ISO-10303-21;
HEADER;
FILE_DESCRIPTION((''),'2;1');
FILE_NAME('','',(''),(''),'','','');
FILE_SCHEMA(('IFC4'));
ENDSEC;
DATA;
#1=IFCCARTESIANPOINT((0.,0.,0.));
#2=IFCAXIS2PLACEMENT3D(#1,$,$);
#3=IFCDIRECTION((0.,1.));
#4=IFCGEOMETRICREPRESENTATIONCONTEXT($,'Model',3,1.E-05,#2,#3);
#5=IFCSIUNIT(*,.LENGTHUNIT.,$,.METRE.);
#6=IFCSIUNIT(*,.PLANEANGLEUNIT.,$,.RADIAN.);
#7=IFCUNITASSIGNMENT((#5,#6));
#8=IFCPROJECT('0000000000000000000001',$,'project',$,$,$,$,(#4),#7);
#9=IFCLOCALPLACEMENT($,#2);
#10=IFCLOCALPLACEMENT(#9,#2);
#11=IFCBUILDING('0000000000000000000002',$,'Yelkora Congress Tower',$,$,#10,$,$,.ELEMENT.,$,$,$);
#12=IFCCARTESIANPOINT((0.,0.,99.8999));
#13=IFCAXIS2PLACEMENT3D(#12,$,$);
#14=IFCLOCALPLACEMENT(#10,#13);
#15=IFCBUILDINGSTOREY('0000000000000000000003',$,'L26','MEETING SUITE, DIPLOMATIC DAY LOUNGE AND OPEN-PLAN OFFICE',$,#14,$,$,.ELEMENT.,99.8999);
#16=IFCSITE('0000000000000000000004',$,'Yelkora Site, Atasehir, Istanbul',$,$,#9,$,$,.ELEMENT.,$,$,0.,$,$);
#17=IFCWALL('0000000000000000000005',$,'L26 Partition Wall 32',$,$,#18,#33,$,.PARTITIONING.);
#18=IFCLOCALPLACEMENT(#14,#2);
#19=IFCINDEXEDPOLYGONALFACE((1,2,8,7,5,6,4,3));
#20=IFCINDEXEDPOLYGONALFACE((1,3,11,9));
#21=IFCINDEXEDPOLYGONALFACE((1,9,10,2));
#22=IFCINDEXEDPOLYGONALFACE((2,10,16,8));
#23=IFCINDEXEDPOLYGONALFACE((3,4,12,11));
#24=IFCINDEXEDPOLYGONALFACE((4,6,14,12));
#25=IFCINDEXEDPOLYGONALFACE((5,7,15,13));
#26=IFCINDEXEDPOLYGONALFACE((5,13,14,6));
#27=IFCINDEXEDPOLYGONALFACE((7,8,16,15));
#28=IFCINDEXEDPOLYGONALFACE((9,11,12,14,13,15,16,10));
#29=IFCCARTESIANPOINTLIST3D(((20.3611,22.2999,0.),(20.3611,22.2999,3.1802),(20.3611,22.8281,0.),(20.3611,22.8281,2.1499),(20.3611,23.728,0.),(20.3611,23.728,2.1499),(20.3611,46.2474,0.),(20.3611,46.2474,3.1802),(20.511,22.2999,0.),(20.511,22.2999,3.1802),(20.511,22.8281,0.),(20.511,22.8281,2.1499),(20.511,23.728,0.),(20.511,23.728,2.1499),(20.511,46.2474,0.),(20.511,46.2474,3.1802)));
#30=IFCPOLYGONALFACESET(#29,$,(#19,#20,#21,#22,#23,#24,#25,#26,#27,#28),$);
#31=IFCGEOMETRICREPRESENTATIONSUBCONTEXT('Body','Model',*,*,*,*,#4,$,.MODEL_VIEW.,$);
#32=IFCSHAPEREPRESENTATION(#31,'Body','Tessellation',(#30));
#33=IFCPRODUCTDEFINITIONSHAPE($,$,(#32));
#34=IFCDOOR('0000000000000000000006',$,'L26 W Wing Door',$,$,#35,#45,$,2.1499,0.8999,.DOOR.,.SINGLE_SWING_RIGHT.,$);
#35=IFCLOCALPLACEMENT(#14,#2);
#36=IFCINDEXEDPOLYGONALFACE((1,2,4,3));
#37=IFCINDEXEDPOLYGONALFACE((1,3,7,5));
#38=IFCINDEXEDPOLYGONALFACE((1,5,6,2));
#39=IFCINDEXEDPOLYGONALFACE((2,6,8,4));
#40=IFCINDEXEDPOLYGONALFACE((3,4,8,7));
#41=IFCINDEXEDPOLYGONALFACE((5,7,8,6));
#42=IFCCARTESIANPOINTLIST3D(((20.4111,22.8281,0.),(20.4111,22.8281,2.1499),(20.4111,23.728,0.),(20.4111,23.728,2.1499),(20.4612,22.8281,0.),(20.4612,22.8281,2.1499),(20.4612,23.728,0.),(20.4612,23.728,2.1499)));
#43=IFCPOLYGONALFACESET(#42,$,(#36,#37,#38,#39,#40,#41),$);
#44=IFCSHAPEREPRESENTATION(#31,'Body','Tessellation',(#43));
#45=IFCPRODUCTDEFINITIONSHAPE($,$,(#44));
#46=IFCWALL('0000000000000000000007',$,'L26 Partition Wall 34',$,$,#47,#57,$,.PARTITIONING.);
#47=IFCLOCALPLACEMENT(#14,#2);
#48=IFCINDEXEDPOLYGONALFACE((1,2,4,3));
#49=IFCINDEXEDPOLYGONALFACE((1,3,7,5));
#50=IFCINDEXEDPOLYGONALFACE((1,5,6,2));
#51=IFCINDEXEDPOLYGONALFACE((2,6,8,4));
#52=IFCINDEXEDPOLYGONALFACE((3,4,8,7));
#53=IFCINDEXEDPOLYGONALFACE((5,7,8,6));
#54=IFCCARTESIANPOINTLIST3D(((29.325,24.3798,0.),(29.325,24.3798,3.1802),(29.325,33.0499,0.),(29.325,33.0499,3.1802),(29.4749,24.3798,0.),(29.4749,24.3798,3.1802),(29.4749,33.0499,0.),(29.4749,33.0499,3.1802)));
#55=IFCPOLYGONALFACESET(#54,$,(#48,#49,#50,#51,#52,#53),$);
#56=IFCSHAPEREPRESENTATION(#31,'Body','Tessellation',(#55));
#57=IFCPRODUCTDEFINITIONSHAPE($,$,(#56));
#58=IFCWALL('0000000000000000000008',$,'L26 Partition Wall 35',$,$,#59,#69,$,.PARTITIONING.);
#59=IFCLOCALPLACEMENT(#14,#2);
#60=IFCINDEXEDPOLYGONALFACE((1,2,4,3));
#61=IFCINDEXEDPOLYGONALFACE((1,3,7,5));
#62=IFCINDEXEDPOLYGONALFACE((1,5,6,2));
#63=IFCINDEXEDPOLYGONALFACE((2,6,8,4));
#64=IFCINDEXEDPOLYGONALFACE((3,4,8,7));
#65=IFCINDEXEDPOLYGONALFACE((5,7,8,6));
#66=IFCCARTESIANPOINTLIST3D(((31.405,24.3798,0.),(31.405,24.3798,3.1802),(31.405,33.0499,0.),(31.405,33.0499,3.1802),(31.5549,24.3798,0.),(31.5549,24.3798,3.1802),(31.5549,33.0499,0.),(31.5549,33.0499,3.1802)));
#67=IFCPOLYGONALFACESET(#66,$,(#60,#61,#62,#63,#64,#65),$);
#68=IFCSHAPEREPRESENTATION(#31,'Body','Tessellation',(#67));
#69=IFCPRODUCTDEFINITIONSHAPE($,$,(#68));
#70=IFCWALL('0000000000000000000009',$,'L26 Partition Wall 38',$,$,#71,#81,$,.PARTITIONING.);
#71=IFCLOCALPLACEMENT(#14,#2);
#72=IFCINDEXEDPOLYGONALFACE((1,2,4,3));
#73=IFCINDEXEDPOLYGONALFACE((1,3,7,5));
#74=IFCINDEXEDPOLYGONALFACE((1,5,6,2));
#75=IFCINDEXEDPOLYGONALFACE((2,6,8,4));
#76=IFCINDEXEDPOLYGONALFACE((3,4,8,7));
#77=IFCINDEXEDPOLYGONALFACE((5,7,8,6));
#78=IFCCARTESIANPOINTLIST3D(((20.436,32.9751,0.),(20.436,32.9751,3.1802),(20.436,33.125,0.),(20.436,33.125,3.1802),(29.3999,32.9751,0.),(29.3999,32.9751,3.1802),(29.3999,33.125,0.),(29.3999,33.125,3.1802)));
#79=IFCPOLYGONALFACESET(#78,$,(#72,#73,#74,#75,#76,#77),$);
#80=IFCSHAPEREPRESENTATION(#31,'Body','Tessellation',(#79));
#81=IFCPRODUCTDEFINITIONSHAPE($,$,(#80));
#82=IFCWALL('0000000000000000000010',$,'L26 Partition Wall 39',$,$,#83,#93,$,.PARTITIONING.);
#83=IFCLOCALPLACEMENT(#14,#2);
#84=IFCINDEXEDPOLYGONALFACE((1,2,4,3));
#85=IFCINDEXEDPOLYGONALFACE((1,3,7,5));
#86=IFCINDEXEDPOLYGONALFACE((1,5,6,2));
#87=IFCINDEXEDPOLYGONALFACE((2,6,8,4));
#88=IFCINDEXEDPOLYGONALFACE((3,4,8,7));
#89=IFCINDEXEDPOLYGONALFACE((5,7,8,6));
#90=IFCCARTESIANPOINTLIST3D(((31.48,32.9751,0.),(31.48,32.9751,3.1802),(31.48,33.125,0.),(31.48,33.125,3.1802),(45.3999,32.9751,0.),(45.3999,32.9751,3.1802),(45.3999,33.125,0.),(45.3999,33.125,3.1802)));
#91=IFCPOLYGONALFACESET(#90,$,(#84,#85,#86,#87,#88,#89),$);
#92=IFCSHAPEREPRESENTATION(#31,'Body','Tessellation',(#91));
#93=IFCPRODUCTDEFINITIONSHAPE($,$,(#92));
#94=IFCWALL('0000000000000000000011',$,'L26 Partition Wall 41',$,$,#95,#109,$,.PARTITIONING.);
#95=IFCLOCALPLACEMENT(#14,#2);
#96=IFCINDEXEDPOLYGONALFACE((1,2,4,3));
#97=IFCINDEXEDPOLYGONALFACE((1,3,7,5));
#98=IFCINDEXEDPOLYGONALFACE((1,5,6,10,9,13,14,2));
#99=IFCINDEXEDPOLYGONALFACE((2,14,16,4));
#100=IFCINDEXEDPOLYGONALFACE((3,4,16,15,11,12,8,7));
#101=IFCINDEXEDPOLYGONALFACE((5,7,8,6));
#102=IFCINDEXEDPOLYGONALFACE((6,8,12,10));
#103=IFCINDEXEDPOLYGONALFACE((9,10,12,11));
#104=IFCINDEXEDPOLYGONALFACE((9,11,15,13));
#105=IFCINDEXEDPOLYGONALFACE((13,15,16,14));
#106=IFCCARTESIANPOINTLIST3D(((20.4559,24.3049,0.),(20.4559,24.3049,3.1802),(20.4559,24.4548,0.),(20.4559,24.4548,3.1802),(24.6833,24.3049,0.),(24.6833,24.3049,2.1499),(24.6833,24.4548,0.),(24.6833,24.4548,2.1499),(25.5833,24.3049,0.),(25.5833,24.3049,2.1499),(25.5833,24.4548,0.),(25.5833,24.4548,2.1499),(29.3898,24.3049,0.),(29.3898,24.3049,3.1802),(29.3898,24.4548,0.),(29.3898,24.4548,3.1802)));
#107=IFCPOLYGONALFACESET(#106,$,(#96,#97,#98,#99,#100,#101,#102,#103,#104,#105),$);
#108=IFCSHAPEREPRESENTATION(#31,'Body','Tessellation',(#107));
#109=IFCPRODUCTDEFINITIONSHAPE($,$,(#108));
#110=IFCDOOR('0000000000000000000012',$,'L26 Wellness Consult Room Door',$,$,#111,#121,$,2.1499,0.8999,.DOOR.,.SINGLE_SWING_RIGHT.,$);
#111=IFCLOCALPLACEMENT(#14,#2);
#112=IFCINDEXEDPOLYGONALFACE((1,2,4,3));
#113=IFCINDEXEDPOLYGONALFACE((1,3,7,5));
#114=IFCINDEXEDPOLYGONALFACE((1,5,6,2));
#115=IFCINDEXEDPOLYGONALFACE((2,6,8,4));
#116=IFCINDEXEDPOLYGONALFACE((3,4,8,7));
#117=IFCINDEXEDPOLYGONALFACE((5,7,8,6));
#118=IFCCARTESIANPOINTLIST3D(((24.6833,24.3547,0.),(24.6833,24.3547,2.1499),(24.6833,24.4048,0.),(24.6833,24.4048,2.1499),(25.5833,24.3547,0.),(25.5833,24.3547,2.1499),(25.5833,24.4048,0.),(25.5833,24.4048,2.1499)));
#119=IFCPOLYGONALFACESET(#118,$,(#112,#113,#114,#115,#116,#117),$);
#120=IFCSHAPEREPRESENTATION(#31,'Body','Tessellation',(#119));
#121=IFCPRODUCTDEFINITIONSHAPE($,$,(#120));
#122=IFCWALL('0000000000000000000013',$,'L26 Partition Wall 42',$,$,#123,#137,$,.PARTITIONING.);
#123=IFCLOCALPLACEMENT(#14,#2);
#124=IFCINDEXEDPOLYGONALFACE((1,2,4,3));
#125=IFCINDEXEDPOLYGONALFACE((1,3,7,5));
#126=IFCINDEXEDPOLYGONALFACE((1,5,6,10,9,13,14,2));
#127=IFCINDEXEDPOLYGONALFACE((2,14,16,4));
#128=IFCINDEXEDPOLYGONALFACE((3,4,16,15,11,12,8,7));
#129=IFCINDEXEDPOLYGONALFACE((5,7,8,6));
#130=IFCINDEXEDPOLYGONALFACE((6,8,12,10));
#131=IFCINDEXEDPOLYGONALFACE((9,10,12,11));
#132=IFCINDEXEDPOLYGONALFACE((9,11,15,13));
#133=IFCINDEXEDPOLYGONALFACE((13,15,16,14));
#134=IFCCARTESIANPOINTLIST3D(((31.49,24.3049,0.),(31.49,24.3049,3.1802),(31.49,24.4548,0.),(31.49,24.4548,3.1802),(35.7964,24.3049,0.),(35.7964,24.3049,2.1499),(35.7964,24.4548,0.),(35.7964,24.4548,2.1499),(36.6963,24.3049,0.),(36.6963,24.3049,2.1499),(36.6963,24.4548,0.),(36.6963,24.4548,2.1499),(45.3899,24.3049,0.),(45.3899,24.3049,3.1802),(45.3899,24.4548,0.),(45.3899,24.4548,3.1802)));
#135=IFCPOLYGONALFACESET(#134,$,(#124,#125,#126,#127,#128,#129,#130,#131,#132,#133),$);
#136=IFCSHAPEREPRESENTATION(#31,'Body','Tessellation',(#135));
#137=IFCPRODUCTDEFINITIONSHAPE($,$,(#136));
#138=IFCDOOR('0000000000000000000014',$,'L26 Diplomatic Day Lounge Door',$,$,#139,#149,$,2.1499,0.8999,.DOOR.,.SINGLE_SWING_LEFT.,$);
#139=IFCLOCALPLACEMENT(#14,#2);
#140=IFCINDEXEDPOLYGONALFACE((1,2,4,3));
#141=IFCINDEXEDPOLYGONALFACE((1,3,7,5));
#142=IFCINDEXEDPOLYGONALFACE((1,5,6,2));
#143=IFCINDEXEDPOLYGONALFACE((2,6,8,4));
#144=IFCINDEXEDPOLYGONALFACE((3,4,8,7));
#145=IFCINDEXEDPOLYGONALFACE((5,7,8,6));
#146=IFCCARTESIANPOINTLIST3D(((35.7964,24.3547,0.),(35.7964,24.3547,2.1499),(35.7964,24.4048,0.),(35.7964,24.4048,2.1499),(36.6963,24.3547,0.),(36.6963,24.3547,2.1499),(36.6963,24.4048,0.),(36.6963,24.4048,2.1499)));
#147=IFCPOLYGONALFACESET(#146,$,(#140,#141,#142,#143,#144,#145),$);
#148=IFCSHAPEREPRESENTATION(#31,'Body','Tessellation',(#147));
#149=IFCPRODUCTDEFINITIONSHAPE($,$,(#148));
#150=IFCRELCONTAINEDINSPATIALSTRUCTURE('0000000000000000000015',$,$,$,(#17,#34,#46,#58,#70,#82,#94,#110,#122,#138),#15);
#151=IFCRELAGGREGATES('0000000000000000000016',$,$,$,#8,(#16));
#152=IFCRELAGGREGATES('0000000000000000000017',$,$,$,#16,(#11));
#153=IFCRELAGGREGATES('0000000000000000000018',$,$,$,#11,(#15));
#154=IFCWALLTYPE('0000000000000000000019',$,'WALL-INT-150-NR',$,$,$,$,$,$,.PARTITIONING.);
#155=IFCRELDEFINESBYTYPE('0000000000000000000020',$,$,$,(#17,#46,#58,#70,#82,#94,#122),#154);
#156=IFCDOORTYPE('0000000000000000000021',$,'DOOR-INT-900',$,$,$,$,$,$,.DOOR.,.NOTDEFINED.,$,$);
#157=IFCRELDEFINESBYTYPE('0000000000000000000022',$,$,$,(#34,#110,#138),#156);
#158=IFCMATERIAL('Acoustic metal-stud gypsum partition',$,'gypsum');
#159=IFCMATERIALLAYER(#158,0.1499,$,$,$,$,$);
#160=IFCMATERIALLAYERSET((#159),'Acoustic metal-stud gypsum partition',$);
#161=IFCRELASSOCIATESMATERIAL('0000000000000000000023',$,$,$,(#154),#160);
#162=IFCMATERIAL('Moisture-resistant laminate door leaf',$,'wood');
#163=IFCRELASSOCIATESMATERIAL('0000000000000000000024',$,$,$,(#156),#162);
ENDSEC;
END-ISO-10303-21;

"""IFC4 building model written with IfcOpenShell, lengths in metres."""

from ifc_helpers import new_model, si_unit, direction, frame, frame_2d, origin, place, context, subcontext, project, spatial, rectangle, extrude, material, layer, layer_set, type_object, element, fill, save


model = new_model("IFC4")

# Units and contexts
model_context = context("Model", 3, precision=1e-05, world=origin(), true_north=direction((0.0, 1.0)))
body_context = subcontext(model_context, "Body", "Model", "MODEL_VIEW")
ifc_project = project(units=[si_unit("LENGTHUNIT", "METRE"), si_unit("PLANEANGLEUNIT", "RADIAN")], contexts=[model_context])

# Site, building, storey
site_placement = place(None, origin())
site = spatial("IfcSite", under=ifc_project, at=site_placement, Name="Yelkora Site, Atasehir, Istanbul", CompositionType="ELEMENT", RefElevation=0.0)
building_placement = place(site_placement, origin())
building = spatial("IfcBuilding", under=site, at=building_placement, Name="Yelkora Congress Tower", CompositionType="ELEMENT")
storey_placement = place(building_placement, frame((0.0, 0.0, 99.8999)))
storey = spatial("IfcBuildingStorey", under=building, at=storey_placement, Name="L26", Description="MEETING SUITE, DIPLOMATIC DAY LOUNGE AND OPEN-PLAN OFFICE", CompositionType="ELEMENT", Elevation=99.8999)

# Wall, opening, door
ifc_material_1 = material(Name="Acoustic metal-stud gypsum partition", Category="gypsum")
ifc_layer = layer(ifc_material_1, 0.1499)
ifc_layer_set = layer_set([ifc_layer], Name="Acoustic metal-stud gypsum partition")
wall_type = type_object("IfcWallType", Name="WALL-INT-150-NR", PredefinedType="PARTITIONING", material=ifc_layer_set)
wall_1_placement = place(storey_placement, frame((20.436, 22.3, 0.0), z_axis=(0.0, 0.0, 1.0), x_axis=(0.0, 1.0, 0.0)))
wall_1 = element("IfcWall", 1, at=wall_1_placement, inside=storey, type_object=wall_type, Name="L26 Partition Wall 32", PredefinedType="PARTITIONING", context=body_context, shape_type="SweptSolid", body=[
    extrude(rectangle(XDim=23.9475, YDim=0.1499, at=frame_2d((11.9736, 0.0))), origin(), (0.0, 0.0, 1.0), 3.1802),
])
opening_1_placement = place(wall_1_placement, frame((0.5281, 0.0, 0.0)))
opening_1 = element("IfcOpeningElement", 2, at=opening_1_placement, cuts=wall_1, PredefinedType="OPENING", context=body_context, shape_type="SweptSolid", body=[
    extrude(rectangle(XDim=0.8999, YDim=2.1499, at=frame_2d((0.45, 1.075))), frame((0.0, 0.085, 0.0), z_axis=(0.0, -1.0, 0.0), x_axis=(1.0, 0.0, 0.0)), (0.0, 0.0, 1.0), 0.1699),
])
ifc_material_2 = material(Name="Moisture-resistant laminate door leaf", Category="wood")
door_type = type_object("IfcDoorType", Name="DOOR-INT-900", OperationType="NOTDEFINED", PredefinedType="DOOR", material=ifc_material_2)
door_1_placement = place(opening_1_placement, origin())
door_1 = element("IfcDoor", 3, at=door_1_placement, inside=storey, type_object=door_type, Name="L26 W Wing Door", OperationType="SINGLE_SWING_RIGHT", OverallHeight=2.1499, OverallWidth=0.8999, PredefinedType="DOOR", context=body_context, shape_type="SweptSolid", body=[
    extrude(rectangle(XDim=0.8999, YDim=2.1499, at=frame_2d((0.45, 1.075))), frame((0.0, 0.0249, 0.0), z_axis=(0.0, -1.0, 0.0), x_axis=(1.0, 0.0, 0.0)), (0.0, 0.0, 1.0), 0.05),
])
fill(opening_1, door_1)

# Walls
for number, where, z_axis, x_axis, name in (
    (4, (29.3999, 24.3799, 0.0), (0.0, 0.0, 1.0), (0.0, 1.0, 0.0), "L26 Partition Wall 34"),
    (5, (31.48, 24.3799, 0.0), (0.0, 0.0, 1.0), (0.0, 1.0, 0.0), "L26 Partition Wall 35"),
):
    element("IfcWall", number, at=place(storey_placement, frame(where, z_axis=z_axis, x_axis=x_axis)), inside=storey, type_object=wall_type, Name=name, PredefinedType="PARTITIONING", context=body_context, shape_type="SweptSolid", body=[
        extrude(rectangle(XDim=8.6702, YDim=0.1499, at=frame_2d((4.335, 0.0))), origin(), (0.0, 0.0, 1.0), 3.1802),
    ])
wall_2_placement = place(storey_placement, frame((20.436, 33.05, 0.0), z_axis=(0.0, 0.0, 1.0), x_axis=(1.0, 0.0, 0.0)))
element("IfcWall", 6, at=wall_2_placement, inside=storey, type_object=wall_type, Name="L26 Partition Wall 38", PredefinedType="PARTITIONING", context=body_context, shape_type="SweptSolid", body=[
    extrude(rectangle(XDim=8.9639, YDim=0.1499, at=frame_2d((4.4819, 0.0))), origin(), (0.0, 0.0, 1.0), 3.1802),
])
wall_3_placement = place(storey_placement, frame((31.48, 33.05, 0.0), z_axis=(0.0, 0.0, 1.0), x_axis=(1.0, 0.0, 0.0)))
element("IfcWall", 7, at=wall_3_placement, inside=storey, type_object=wall_type, Name="L26 Partition Wall 39", PredefinedType="PARTITIONING", context=body_context, shape_type="SweptSolid", body=[
    extrude(rectangle(XDim=13.9199, YDim=0.1499, at=frame_2d((6.96, 0.0))), origin(), (0.0, 0.0, 1.0), 3.1802),
])

# Walls, openings, doors
wall_4_placement = place(storey_placement, frame((20.4561, 24.3799, 0.0), z_axis=(0.0, 0.0, 1.0), x_axis=(1.0, 0.0, 0.0)))
wall_4 = element("IfcWall", 8, at=wall_4_placement, inside=storey, type_object=wall_type, Name="L26 Partition Wall 41", PredefinedType="PARTITIONING", context=body_context, shape_type="SweptSolid", body=[
    extrude(rectangle(XDim=8.9338, YDim=0.1499, at=frame_2d((4.4668, 0.0))), origin(), (0.0, 0.0, 1.0), 3.1802),
])
opening_2_placement = place(wall_4_placement, frame((4.2273, 0.0, 0.0)))
opening_2 = element("IfcOpeningElement", 9, at=opening_2_placement, cuts=wall_4, PredefinedType="OPENING", context=body_context, shape_type="SweptSolid", body=[
    extrude(rectangle(XDim=0.8999, YDim=2.1499, at=frame_2d((0.45, 1.075))), frame((0.0, 0.085, 0.0), z_axis=(0.0, -1.0, 0.0), x_axis=(1.0, 0.0, 0.0)), (0.0, 0.0, 1.0), 0.1699),
])
door_2_placement = place(opening_2_placement, origin())
door_2 = element("IfcDoor", 10, at=door_2_placement, inside=storey, type_object=door_type, Name="L26 Wellness Consult Room Door", OperationType="SINGLE_SWING_RIGHT", OverallHeight=2.1499, OverallWidth=0.8999, PredefinedType="DOOR", context=body_context, shape_type="SweptSolid", body=[
    extrude(rectangle(XDim=0.8999, YDim=2.1499, at=frame_2d((0.45, 1.075))), frame((0.0, 0.0249, 0.0), z_axis=(0.0, -1.0, 0.0), x_axis=(1.0, 0.0, 0.0)), (0.0, 0.0, 1.0), 0.05),
])
fill(opening_2, door_2)
wall_5_placement = place(storey_placement, frame((31.49, 24.3799, 0.0), z_axis=(0.0, 0.0, 1.0), x_axis=(1.0, 0.0, 0.0)))
wall_5 = element("IfcWall", 11, at=wall_5_placement, inside=storey, type_object=wall_type, Name="L26 Partition Wall 42", PredefinedType="PARTITIONING", context=body_context, shape_type="SweptSolid", body=[
    extrude(rectangle(XDim=13.8999, YDim=0.1499, at=frame_2d((6.95, 0.0))), origin(), (0.0, 0.0, 1.0), 3.1802),
])
opening_3_placement = place(wall_5_placement, frame((4.3064, 0.0, 0.0)))
opening_3 = element("IfcOpeningElement", 12, at=opening_3_placement, cuts=wall_5, PredefinedType="OPENING", context=body_context, shape_type="SweptSolid", body=[
    extrude(rectangle(XDim=0.8999, YDim=2.1499, at=frame_2d((0.45, 1.075))), frame((0.0, 0.085, 0.0), z_axis=(0.0, -1.0, 0.0), x_axis=(1.0, 0.0, 0.0)), (0.0, 0.0, 1.0), 0.1699),
])
door_3_placement = place(opening_3_placement, origin())
door_3 = element("IfcDoor", 13, at=door_3_placement, inside=storey, type_object=door_type, Name="L26 Diplomatic Day Lounge Door", OperationType="SINGLE_SWING_LEFT", OverallHeight=2.1499, OverallWidth=0.8999, PredefinedType="DOOR", context=body_context, shape_type="SweptSolid", body=[
    extrude(rectangle(XDim=0.8999, YDim=2.1499, at=frame_2d((0.45, 1.075))), frame((0.0, 0.0249, 0.0), z_axis=(0.0, -1.0, 0.0), x_axis=(1.0, 0.0, 0.0)), (0.0, 0.0, 1.0), 0.05),
])
fill(opening_3, door_3)

save(model, "model.ifc")
